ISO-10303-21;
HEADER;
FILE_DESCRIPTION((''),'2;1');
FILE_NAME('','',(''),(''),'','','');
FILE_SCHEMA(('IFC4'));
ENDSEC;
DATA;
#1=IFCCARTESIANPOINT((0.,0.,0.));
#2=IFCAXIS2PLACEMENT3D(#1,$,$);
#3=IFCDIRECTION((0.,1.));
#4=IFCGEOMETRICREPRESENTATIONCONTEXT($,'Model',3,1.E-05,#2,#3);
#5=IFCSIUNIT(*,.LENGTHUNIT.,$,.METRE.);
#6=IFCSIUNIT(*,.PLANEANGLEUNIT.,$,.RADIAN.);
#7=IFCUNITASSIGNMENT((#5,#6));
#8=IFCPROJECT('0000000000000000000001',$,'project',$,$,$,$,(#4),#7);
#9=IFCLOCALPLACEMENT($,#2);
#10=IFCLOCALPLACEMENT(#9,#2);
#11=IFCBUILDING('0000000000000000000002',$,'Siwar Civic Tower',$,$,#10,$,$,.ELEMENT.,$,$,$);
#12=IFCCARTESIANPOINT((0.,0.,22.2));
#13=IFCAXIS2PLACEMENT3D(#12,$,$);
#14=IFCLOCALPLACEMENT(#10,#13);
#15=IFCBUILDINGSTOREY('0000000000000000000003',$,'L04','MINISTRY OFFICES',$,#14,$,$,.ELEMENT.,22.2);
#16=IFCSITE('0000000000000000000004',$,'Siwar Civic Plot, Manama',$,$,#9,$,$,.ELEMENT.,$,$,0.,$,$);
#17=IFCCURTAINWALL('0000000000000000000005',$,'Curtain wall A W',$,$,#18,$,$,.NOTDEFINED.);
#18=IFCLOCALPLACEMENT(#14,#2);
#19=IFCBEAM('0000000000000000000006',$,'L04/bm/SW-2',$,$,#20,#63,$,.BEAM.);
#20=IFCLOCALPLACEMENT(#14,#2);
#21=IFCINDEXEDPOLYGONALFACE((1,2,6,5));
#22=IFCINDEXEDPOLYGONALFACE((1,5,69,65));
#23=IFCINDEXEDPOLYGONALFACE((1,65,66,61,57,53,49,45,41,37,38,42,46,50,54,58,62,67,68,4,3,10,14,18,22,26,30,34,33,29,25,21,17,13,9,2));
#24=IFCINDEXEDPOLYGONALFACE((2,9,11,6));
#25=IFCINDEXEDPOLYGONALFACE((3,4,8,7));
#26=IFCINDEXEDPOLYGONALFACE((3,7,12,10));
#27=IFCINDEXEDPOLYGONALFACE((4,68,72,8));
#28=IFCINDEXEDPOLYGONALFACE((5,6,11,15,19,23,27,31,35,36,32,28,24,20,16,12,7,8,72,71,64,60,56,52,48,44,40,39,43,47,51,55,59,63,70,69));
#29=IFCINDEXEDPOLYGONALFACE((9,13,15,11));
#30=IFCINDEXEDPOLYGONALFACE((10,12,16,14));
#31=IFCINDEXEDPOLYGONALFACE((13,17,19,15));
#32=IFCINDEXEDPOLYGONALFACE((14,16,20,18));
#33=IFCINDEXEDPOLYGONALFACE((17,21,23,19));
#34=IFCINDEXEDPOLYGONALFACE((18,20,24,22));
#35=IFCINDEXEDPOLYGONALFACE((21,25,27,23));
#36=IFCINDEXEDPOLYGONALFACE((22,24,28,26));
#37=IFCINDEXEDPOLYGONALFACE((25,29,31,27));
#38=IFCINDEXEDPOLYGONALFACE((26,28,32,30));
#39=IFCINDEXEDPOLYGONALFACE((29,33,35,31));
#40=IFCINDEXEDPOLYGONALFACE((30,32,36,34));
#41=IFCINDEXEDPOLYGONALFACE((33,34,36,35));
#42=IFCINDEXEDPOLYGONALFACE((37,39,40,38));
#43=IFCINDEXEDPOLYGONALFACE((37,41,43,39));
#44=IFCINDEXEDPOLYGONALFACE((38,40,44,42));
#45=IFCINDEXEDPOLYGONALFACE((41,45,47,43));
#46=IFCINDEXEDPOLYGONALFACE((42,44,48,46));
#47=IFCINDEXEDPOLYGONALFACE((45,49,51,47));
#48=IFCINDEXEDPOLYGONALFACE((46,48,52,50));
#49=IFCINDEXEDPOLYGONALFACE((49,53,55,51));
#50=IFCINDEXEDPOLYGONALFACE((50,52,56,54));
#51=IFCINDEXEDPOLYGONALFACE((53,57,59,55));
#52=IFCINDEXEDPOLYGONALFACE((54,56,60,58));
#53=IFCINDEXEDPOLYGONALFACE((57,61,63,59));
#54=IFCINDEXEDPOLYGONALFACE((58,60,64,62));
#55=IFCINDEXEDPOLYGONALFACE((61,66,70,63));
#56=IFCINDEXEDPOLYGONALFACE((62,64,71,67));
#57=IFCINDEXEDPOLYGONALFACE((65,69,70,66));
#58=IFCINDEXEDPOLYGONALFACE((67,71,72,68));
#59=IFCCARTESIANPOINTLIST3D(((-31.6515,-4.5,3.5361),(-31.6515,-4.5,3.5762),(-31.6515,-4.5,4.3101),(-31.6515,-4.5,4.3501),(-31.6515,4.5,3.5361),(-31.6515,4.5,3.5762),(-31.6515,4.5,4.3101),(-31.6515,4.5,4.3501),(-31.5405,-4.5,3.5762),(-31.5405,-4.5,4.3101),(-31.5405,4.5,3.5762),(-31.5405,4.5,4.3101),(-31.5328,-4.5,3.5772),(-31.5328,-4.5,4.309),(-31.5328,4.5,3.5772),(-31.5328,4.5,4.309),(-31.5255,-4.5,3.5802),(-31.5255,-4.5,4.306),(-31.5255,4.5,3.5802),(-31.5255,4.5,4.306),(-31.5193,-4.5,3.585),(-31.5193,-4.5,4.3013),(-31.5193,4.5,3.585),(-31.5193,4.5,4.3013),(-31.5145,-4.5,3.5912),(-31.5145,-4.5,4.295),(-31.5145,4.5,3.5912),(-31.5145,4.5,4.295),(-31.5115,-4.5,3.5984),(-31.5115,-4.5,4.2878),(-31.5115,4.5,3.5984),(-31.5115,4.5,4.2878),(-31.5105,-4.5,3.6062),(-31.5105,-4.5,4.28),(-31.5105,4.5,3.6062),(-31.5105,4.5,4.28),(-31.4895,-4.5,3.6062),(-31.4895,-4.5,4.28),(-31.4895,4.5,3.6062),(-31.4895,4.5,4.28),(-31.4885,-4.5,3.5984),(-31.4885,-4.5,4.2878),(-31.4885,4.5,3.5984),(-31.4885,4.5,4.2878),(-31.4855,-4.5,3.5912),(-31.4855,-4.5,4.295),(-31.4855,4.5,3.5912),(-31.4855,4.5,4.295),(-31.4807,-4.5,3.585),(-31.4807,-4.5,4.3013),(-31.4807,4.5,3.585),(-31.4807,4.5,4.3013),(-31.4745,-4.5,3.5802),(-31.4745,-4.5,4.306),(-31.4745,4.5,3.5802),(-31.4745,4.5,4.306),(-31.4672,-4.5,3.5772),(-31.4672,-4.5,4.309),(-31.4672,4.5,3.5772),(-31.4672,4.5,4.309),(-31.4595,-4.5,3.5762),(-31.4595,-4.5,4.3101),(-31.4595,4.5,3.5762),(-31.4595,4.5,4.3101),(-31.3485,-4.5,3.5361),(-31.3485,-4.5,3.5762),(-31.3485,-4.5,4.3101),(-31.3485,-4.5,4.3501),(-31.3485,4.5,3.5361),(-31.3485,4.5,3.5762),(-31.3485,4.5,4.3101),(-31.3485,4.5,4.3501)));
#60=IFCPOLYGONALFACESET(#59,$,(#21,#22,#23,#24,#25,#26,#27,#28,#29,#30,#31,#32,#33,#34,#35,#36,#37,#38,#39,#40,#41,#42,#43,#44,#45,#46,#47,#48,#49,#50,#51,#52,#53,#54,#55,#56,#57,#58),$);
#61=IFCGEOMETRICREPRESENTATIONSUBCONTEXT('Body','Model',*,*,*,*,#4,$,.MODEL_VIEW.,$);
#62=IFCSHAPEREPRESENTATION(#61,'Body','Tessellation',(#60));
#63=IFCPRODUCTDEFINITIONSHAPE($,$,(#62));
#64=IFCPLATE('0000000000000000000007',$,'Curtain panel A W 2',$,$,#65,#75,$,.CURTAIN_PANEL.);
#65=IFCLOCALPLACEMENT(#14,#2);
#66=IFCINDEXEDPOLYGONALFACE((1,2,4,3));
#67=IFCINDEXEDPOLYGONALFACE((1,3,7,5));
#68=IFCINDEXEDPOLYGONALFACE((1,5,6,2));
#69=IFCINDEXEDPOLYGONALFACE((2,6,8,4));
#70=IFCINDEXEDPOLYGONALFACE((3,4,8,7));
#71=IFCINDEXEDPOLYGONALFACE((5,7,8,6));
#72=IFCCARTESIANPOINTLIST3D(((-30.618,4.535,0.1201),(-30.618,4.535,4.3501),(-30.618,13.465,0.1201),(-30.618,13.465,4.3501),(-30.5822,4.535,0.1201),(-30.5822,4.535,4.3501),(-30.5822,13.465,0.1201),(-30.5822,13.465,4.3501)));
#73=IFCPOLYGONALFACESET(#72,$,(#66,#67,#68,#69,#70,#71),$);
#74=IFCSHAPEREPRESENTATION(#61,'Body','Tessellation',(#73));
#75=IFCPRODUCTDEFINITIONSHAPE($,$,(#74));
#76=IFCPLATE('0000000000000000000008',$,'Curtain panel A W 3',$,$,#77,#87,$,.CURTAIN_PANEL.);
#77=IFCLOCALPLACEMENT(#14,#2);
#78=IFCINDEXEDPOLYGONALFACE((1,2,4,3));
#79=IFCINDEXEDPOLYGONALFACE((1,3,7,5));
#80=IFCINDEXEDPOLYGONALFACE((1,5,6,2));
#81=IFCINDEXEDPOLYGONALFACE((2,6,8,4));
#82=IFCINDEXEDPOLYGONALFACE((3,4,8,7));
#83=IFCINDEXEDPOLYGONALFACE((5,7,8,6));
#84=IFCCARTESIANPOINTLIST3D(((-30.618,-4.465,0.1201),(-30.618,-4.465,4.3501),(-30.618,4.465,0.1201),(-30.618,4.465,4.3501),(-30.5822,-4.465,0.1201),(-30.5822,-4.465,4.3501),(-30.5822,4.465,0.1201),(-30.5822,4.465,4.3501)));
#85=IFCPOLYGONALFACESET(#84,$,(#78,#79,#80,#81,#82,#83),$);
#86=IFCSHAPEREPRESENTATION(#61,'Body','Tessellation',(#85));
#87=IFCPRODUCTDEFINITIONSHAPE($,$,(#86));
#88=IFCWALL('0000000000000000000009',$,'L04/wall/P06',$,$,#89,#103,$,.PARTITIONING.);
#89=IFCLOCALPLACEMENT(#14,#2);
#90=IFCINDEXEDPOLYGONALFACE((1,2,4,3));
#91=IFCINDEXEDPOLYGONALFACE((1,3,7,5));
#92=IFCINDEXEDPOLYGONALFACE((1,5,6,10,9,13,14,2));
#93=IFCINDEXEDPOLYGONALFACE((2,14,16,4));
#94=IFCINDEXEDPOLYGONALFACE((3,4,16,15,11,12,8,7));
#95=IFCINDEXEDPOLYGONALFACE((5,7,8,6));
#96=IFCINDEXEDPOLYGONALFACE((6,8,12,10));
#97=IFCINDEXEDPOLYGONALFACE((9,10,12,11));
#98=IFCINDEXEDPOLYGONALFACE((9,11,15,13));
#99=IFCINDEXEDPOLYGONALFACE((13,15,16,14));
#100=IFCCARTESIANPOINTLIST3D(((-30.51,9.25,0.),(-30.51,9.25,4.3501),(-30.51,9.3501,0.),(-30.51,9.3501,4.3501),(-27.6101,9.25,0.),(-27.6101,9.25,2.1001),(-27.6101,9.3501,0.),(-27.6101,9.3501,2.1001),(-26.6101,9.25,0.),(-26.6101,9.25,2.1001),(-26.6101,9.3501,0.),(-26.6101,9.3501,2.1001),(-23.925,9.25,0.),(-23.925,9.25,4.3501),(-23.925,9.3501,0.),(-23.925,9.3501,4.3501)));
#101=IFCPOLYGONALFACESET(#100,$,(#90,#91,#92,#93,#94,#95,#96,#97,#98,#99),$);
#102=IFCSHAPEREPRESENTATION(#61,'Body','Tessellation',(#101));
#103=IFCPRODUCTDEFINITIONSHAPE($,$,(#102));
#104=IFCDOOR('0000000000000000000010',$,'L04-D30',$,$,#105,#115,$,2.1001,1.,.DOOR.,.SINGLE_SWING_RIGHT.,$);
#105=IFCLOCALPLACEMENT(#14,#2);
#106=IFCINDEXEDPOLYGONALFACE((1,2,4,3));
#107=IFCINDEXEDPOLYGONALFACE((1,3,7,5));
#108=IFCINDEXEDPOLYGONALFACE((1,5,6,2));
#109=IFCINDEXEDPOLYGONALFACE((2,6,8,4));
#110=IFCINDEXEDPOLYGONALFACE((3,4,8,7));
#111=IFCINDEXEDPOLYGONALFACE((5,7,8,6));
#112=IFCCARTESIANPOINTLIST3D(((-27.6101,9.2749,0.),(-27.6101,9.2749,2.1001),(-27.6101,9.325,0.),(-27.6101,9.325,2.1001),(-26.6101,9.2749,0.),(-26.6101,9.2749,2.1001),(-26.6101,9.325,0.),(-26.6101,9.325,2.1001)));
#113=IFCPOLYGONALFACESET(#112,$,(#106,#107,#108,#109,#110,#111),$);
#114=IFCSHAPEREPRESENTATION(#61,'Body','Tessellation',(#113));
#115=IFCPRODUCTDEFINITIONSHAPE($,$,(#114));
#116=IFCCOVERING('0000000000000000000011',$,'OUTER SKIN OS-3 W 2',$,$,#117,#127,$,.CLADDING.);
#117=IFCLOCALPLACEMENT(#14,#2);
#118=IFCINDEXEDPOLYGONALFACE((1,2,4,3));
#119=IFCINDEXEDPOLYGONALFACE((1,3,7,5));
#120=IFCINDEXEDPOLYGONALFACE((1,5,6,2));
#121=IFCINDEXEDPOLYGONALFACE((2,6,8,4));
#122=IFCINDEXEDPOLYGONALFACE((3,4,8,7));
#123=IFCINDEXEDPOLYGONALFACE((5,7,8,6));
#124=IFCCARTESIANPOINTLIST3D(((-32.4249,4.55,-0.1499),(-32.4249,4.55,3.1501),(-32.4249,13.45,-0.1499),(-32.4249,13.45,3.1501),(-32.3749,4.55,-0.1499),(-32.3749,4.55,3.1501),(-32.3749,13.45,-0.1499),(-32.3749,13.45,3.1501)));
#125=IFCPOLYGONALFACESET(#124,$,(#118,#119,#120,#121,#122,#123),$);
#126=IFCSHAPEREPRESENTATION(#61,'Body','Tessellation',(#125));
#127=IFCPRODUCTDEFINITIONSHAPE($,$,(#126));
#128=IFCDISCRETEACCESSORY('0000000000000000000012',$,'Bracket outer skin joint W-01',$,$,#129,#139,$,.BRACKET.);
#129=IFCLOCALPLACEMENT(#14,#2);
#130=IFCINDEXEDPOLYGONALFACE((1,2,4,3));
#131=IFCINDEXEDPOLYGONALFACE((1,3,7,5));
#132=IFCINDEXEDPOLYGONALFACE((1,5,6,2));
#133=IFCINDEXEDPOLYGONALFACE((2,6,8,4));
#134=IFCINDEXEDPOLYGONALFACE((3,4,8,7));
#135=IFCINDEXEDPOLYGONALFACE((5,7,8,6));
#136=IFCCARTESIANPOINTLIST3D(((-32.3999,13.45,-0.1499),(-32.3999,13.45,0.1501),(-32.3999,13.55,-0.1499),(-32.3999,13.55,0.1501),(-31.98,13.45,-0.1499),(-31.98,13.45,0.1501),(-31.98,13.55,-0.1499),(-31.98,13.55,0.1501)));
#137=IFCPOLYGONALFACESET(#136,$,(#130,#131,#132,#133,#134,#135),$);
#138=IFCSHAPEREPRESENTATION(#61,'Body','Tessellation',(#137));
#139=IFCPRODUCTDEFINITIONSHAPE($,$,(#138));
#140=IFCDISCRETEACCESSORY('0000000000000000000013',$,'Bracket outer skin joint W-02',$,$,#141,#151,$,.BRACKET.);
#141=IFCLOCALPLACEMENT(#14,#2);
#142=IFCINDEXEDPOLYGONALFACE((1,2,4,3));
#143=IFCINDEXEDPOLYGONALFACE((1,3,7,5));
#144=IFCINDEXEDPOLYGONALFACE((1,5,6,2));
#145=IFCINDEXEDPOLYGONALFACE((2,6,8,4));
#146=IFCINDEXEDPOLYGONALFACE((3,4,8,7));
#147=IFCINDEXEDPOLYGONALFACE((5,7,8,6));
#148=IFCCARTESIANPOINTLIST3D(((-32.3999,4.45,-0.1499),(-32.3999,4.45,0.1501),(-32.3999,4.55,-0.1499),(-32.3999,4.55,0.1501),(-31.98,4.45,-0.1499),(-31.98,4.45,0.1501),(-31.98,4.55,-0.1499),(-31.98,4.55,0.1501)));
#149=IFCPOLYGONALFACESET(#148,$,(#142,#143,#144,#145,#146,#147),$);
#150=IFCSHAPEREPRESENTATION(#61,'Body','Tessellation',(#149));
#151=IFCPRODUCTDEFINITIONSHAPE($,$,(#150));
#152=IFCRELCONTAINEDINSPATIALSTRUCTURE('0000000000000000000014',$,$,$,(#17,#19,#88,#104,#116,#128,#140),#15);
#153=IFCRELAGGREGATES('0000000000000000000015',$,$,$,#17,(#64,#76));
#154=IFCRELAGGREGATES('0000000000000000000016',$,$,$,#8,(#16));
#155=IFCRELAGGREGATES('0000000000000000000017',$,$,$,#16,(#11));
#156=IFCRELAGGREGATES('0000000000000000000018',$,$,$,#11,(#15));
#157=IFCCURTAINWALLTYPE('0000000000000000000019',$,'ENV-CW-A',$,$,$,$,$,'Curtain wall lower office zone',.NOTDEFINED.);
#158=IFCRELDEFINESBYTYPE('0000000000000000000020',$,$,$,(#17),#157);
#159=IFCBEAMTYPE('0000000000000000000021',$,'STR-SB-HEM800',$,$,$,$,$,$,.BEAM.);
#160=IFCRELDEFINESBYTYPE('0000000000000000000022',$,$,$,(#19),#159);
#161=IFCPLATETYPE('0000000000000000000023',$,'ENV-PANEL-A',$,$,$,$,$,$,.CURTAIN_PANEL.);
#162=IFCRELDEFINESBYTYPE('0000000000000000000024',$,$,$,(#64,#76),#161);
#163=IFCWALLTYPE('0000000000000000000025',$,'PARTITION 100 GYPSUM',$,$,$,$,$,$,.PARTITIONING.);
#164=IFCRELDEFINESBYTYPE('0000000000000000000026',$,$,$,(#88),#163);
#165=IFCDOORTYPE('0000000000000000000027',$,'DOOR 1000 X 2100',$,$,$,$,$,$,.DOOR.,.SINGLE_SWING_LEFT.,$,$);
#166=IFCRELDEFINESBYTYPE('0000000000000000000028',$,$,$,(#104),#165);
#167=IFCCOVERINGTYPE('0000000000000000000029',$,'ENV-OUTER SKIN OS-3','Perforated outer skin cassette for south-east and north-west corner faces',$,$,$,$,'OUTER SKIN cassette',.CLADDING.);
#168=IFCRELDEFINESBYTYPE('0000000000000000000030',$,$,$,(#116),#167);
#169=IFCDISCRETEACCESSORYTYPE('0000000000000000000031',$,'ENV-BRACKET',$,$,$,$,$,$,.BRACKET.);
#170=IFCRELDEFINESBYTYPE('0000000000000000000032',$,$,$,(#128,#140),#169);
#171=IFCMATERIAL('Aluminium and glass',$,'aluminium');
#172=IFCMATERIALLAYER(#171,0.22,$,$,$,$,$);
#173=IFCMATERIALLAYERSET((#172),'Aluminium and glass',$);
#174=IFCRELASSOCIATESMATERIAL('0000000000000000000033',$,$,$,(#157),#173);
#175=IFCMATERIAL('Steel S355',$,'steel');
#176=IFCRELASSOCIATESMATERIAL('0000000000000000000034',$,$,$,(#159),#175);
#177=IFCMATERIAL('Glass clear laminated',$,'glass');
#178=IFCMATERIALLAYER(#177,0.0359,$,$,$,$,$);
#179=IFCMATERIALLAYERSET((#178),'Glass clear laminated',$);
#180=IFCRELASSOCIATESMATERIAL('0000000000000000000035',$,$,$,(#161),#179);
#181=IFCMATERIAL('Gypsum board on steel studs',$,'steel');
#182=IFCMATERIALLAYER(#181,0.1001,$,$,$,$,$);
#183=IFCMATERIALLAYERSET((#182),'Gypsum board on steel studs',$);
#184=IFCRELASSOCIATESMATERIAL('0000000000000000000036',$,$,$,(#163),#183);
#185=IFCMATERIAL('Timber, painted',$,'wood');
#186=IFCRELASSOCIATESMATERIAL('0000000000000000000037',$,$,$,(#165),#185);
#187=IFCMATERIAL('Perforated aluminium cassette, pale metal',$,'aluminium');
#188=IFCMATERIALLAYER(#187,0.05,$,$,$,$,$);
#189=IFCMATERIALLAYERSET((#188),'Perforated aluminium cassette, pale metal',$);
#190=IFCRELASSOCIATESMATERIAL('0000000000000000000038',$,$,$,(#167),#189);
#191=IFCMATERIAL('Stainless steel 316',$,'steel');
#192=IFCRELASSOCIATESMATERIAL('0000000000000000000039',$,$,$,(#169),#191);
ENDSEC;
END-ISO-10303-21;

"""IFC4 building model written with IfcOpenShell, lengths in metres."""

from ifc_helpers import new_model, si_unit, direction, frame, frame_2d, origin, origin_2d, place, context, subcontext, project, spatial, rectangle, i_section, extrude, material, layer, layer_set, material_profile, profile_set, type_object, element, fill, aggregate, save


model = new_model("IFC4")

# Units and contexts
model_context = context("Model", 3, precision=1e-05, world=origin(), true_north=direction((0.0, 1.0)))
body_context = subcontext(model_context, "Body", "Model", "MODEL_VIEW")
ifc_project = project(units=[si_unit("LENGTHUNIT", "METRE"), si_unit("PLANEANGLEUNIT", "RADIAN")], contexts=[model_context])

# Site, building, storey
site_placement = place(None, origin())
site = spatial("IfcSite", under=ifc_project, at=site_placement, Name="Siwar Civic Plot, Manama", CompositionType="ELEMENT", RefElevation=0.0)
building_placement = place(site_placement, origin())
building = spatial("IfcBuilding", under=site, at=building_placement, Name="Siwar Civic Tower", CompositionType="ELEMENT")
storey_placement = place(building_placement, frame((0.0, 0.0, 22.2)))
storey = spatial("IfcBuildingStorey", under=building, at=storey_placement, Name="L04", Description="MINISTRY OFFICES", CompositionType="ELEMENT", Elevation=22.2)

# Curtain wall
ifc_material_1 = material(Name="Aluminium and glass", Category="aluminium")
ifc_layer_1 = layer(ifc_material_1, 0.22)
ifc_layer_set_1 = layer_set([ifc_layer_1], Name="Aluminium and glass")
curtain_wall_type = type_object("IfcCurtainWallType", Name="ENV-CW-A", ElementType="Curtain wall lower office zone", PredefinedType="NOTDEFINED", material=ifc_layer_set_1)
curtain_wall_placement = place(storey_placement, origin())
curtain_wall = element("IfcCurtainWall", 1, at=curtain_wall_placement, inside=storey, type_object=curtain_wall_type, Name="Curtain wall A W", PredefinedType="NOTDEFINED")

# Beam
ifc_material_2 = material(Name="Steel S355", Category="steel")
ifc_material_profile_1 = material_profile(ifc_material_2, i_section(OverallWidth=0.303, OverallDepth=0.814, WebThickness=0.021, FlangeThickness=0.04, FilletRadius=0.03, at=origin_2d()), Name="HEM800")
ifc_profile_set_1 = profile_set([ifc_material_profile_1], Name="Steel S355")
beam_type_1 = type_object("IfcBeamType", Name="STR-SB-HEM800", PredefinedType="BEAM", material=ifc_profile_set_1)
for number, where, z_axis, x_axis, name in (
    (2, (-31.5, 4.5, 3.9431), (0.0, -1.0, 0.0), (1.0, 0.0, 0.0), "L04/bm/SW-2"),
):
    element("IfcBeam", number, at=place(storey_placement, frame(where, z_axis=z_axis, x_axis=x_axis)), inside=storey, type_object=beam_type_1, Name=name, PredefinedType="BEAM", context=body_context, shape_type="SweptSolid", body=[
        extrude(i_section(OverallWidth=0.303, OverallDepth=0.814, WebThickness=0.021, FlangeThickness=0.04, FilletRadius=0.03, at=origin_2d()), origin(), (0.0, 0.0, 1.0), 9.0),
    ])

# Plates
ifc_material_3 = material(Name="Glass clear laminated", Category="glass")
ifc_layer_2 = layer(ifc_material_3, 0.0359)
ifc_layer_set_2 = layer_set([ifc_layer_2], Name="Glass clear laminated")
plate_type = type_object("IfcPlateType", Name="ENV-PANEL-A", PredefinedType="CURTAIN_PANEL", material=ifc_layer_set_2)
plate_1_placement = place(storey_placement, frame((-30.6001, 9.0, 0.1201), z_axis=(0.0, 0.0, 1.0), x_axis=(0.0, -1.0, 0.0)))
plate_1 = element("IfcPlate", 3, at=plate_1_placement, type_object=plate_type, Name="Curtain panel A W 2", PredefinedType="CURTAIN_PANEL", context=body_context, shape_type="SweptSolid", body=[
    extrude(rectangle(XDim=8.9299, YDim=0.0359, at=origin_2d()), origin(), (0.0, 0.0, 1.0), 4.23),
])
plate_2_placement = place(storey_placement, frame((-30.6001, 0.0, 0.1201), z_axis=(0.0, 0.0, 1.0), x_axis=(0.0, -1.0, 0.0)))
plate_2 = element("IfcPlate", 4, at=plate_2_placement, type_object=plate_type, Name="Curtain panel A W 3", PredefinedType="CURTAIN_PANEL", context=body_context, shape_type="SweptSolid", body=[
    extrude(rectangle(XDim=8.9299, YDim=0.0359, at=origin_2d()), origin(), (0.0, 0.0, 1.0), 4.23),
])
aggregate(curtain_wall, [plate_1, plate_2])

# Wall, opening, door
ifc_material_4 = material(Name="Gypsum board on steel studs", Category="steel")
ifc_layer_3 = layer(ifc_material_4, 0.1001)
ifc_layer_set_3 = layer_set([ifc_layer_3], Name="Gypsum board on steel studs")
wall_type = type_object("IfcWallType", Name="PARTITION 100 GYPSUM", PredefinedType="PARTITIONING", material=ifc_layer_set_3)
wall_placement = place(storey_placement, frame((-30.51, 9.3, 0.0), z_axis=(0.0, 0.0, 1.0), x_axis=(1.0, 0.0, 0.0)))
wall = element("IfcWall", 5, at=wall_placement, inside=storey, type_object=wall_type, Name="L04/wall/P06", PredefinedType="PARTITIONING", context=body_context, shape_type="SweptSolid", body=[
    extrude(rectangle(XDim=6.585, YDim=0.1001, at=frame_2d((3.2925, 0.0))), origin(), (0.0, 0.0, 1.0), 4.3501),
])
opening_placement = place(wall_placement, frame((2.8999, 0.0, 0.0)))
opening = element("IfcOpeningElement", 6, at=opening_placement, cuts=wall, PredefinedType="OPENING", context=body_context, shape_type="SweptSolid", body=[
    extrude(rectangle(XDim=1.0, YDim=2.1001, at=frame_2d((0.5, 1.05))), frame((0.0, 0.0601, 0.0), z_axis=(0.0, -1.0, 0.0), x_axis=(1.0, 0.0, 0.0)), (0.0, 0.0, 1.0), 0.1201),
])
ifc_material_5 = material(Name="Timber, painted", Category="wood")
door_type = type_object("IfcDoorType", Name="DOOR 1000 X 2100", OperationType="SINGLE_SWING_LEFT", PredefinedType="DOOR", material=ifc_material_5)
door_placement = place(opening_placement, origin())
door = element("IfcDoor", 7, at=door_placement, inside=storey, type_object=door_type, Name="L04-D30", OperationType="SINGLE_SWING_RIGHT", OverallHeight=2.1001, OverallWidth=1.0, PredefinedType="DOOR", context=body_context, shape_type="SweptSolid", body=[
    extrude(rectangle(XDim=1.0, YDim=2.1001, at=frame_2d((0.5, 1.05))), frame((0.0, 0.0249, 0.0), z_axis=(0.0, -1.0, 0.0), x_axis=(1.0, 0.0, 0.0)), (0.0, 0.0, 1.0), 0.05),
])
fill(opening, door)

# Covering
ifc_material_6 = material(Name="Perforated aluminium cassette, pale metal", Category="aluminium")
ifc_layer_4 = layer(ifc_material_6, 0.05)
ifc_layer_set_4 = layer_set([ifc_layer_4], Name="Perforated aluminium cassette, pale metal")
covering_type = type_object("IfcCoveringType", Name="ENV-OUTER SKIN OS-3", Description="Perforated outer skin cassette for south-east and north-west corner faces", ElementType="OUTER SKIN cassette", PredefinedType="CLADDING", material=ifc_layer_set_4)
covering_placement = place(storey_placement, frame((-32.3999, 9.0, -0.1499), z_axis=(0.0, 0.0, 1.0), x_axis=(0.0, -1.0, 0.0)))
element("IfcCovering", 8, at=covering_placement, inside=storey, type_object=covering_type, Name="OUTER SKIN OS-3 W 2", PredefinedType="CLADDING", context=body_context, shape_type="SweptSolid", body=[
    extrude(rectangle(XDim=8.8999, YDim=0.05, at=origin_2d()), origin(), (0.0, 0.0, 1.0), 3.3),
])

# Discrete accessories
ifc_material_7 = material(Name="Stainless steel 316", Category="steel")
discrete_accessory_type = type_object("IfcDiscreteAccessoryType", Name="ENV-BRACKET", PredefinedType="BRACKET", material=ifc_material_7)
for number, where, z_axis, x_axis, name in (
    (9, (-32.1899, 13.5, -0.1499), (0.0, 0.0, 1.0), (-1.0, 0.0, 0.0), "Bracket outer skin joint W-01"),
    (10, (-32.1899, 4.5, -0.1499), (0.0, 0.0, 1.0), (-1.0, 0.0, 0.0), "Bracket outer skin joint W-02"),
):
    element("IfcDiscreteAccessory", number, at=place(storey_placement, frame(where, z_axis=z_axis, x_axis=x_axis)), inside=storey, type_object=discrete_accessory_type, Name=name, PredefinedType="BRACKET", context=body_context, shape_type="SweptSolid", body=[
        extrude(rectangle(XDim=0.4199, YDim=0.1001, at=origin_2d()), origin(), (0.0, 0.0, 1.0), 0.3),
    ])

save(model, "model.ifc")
